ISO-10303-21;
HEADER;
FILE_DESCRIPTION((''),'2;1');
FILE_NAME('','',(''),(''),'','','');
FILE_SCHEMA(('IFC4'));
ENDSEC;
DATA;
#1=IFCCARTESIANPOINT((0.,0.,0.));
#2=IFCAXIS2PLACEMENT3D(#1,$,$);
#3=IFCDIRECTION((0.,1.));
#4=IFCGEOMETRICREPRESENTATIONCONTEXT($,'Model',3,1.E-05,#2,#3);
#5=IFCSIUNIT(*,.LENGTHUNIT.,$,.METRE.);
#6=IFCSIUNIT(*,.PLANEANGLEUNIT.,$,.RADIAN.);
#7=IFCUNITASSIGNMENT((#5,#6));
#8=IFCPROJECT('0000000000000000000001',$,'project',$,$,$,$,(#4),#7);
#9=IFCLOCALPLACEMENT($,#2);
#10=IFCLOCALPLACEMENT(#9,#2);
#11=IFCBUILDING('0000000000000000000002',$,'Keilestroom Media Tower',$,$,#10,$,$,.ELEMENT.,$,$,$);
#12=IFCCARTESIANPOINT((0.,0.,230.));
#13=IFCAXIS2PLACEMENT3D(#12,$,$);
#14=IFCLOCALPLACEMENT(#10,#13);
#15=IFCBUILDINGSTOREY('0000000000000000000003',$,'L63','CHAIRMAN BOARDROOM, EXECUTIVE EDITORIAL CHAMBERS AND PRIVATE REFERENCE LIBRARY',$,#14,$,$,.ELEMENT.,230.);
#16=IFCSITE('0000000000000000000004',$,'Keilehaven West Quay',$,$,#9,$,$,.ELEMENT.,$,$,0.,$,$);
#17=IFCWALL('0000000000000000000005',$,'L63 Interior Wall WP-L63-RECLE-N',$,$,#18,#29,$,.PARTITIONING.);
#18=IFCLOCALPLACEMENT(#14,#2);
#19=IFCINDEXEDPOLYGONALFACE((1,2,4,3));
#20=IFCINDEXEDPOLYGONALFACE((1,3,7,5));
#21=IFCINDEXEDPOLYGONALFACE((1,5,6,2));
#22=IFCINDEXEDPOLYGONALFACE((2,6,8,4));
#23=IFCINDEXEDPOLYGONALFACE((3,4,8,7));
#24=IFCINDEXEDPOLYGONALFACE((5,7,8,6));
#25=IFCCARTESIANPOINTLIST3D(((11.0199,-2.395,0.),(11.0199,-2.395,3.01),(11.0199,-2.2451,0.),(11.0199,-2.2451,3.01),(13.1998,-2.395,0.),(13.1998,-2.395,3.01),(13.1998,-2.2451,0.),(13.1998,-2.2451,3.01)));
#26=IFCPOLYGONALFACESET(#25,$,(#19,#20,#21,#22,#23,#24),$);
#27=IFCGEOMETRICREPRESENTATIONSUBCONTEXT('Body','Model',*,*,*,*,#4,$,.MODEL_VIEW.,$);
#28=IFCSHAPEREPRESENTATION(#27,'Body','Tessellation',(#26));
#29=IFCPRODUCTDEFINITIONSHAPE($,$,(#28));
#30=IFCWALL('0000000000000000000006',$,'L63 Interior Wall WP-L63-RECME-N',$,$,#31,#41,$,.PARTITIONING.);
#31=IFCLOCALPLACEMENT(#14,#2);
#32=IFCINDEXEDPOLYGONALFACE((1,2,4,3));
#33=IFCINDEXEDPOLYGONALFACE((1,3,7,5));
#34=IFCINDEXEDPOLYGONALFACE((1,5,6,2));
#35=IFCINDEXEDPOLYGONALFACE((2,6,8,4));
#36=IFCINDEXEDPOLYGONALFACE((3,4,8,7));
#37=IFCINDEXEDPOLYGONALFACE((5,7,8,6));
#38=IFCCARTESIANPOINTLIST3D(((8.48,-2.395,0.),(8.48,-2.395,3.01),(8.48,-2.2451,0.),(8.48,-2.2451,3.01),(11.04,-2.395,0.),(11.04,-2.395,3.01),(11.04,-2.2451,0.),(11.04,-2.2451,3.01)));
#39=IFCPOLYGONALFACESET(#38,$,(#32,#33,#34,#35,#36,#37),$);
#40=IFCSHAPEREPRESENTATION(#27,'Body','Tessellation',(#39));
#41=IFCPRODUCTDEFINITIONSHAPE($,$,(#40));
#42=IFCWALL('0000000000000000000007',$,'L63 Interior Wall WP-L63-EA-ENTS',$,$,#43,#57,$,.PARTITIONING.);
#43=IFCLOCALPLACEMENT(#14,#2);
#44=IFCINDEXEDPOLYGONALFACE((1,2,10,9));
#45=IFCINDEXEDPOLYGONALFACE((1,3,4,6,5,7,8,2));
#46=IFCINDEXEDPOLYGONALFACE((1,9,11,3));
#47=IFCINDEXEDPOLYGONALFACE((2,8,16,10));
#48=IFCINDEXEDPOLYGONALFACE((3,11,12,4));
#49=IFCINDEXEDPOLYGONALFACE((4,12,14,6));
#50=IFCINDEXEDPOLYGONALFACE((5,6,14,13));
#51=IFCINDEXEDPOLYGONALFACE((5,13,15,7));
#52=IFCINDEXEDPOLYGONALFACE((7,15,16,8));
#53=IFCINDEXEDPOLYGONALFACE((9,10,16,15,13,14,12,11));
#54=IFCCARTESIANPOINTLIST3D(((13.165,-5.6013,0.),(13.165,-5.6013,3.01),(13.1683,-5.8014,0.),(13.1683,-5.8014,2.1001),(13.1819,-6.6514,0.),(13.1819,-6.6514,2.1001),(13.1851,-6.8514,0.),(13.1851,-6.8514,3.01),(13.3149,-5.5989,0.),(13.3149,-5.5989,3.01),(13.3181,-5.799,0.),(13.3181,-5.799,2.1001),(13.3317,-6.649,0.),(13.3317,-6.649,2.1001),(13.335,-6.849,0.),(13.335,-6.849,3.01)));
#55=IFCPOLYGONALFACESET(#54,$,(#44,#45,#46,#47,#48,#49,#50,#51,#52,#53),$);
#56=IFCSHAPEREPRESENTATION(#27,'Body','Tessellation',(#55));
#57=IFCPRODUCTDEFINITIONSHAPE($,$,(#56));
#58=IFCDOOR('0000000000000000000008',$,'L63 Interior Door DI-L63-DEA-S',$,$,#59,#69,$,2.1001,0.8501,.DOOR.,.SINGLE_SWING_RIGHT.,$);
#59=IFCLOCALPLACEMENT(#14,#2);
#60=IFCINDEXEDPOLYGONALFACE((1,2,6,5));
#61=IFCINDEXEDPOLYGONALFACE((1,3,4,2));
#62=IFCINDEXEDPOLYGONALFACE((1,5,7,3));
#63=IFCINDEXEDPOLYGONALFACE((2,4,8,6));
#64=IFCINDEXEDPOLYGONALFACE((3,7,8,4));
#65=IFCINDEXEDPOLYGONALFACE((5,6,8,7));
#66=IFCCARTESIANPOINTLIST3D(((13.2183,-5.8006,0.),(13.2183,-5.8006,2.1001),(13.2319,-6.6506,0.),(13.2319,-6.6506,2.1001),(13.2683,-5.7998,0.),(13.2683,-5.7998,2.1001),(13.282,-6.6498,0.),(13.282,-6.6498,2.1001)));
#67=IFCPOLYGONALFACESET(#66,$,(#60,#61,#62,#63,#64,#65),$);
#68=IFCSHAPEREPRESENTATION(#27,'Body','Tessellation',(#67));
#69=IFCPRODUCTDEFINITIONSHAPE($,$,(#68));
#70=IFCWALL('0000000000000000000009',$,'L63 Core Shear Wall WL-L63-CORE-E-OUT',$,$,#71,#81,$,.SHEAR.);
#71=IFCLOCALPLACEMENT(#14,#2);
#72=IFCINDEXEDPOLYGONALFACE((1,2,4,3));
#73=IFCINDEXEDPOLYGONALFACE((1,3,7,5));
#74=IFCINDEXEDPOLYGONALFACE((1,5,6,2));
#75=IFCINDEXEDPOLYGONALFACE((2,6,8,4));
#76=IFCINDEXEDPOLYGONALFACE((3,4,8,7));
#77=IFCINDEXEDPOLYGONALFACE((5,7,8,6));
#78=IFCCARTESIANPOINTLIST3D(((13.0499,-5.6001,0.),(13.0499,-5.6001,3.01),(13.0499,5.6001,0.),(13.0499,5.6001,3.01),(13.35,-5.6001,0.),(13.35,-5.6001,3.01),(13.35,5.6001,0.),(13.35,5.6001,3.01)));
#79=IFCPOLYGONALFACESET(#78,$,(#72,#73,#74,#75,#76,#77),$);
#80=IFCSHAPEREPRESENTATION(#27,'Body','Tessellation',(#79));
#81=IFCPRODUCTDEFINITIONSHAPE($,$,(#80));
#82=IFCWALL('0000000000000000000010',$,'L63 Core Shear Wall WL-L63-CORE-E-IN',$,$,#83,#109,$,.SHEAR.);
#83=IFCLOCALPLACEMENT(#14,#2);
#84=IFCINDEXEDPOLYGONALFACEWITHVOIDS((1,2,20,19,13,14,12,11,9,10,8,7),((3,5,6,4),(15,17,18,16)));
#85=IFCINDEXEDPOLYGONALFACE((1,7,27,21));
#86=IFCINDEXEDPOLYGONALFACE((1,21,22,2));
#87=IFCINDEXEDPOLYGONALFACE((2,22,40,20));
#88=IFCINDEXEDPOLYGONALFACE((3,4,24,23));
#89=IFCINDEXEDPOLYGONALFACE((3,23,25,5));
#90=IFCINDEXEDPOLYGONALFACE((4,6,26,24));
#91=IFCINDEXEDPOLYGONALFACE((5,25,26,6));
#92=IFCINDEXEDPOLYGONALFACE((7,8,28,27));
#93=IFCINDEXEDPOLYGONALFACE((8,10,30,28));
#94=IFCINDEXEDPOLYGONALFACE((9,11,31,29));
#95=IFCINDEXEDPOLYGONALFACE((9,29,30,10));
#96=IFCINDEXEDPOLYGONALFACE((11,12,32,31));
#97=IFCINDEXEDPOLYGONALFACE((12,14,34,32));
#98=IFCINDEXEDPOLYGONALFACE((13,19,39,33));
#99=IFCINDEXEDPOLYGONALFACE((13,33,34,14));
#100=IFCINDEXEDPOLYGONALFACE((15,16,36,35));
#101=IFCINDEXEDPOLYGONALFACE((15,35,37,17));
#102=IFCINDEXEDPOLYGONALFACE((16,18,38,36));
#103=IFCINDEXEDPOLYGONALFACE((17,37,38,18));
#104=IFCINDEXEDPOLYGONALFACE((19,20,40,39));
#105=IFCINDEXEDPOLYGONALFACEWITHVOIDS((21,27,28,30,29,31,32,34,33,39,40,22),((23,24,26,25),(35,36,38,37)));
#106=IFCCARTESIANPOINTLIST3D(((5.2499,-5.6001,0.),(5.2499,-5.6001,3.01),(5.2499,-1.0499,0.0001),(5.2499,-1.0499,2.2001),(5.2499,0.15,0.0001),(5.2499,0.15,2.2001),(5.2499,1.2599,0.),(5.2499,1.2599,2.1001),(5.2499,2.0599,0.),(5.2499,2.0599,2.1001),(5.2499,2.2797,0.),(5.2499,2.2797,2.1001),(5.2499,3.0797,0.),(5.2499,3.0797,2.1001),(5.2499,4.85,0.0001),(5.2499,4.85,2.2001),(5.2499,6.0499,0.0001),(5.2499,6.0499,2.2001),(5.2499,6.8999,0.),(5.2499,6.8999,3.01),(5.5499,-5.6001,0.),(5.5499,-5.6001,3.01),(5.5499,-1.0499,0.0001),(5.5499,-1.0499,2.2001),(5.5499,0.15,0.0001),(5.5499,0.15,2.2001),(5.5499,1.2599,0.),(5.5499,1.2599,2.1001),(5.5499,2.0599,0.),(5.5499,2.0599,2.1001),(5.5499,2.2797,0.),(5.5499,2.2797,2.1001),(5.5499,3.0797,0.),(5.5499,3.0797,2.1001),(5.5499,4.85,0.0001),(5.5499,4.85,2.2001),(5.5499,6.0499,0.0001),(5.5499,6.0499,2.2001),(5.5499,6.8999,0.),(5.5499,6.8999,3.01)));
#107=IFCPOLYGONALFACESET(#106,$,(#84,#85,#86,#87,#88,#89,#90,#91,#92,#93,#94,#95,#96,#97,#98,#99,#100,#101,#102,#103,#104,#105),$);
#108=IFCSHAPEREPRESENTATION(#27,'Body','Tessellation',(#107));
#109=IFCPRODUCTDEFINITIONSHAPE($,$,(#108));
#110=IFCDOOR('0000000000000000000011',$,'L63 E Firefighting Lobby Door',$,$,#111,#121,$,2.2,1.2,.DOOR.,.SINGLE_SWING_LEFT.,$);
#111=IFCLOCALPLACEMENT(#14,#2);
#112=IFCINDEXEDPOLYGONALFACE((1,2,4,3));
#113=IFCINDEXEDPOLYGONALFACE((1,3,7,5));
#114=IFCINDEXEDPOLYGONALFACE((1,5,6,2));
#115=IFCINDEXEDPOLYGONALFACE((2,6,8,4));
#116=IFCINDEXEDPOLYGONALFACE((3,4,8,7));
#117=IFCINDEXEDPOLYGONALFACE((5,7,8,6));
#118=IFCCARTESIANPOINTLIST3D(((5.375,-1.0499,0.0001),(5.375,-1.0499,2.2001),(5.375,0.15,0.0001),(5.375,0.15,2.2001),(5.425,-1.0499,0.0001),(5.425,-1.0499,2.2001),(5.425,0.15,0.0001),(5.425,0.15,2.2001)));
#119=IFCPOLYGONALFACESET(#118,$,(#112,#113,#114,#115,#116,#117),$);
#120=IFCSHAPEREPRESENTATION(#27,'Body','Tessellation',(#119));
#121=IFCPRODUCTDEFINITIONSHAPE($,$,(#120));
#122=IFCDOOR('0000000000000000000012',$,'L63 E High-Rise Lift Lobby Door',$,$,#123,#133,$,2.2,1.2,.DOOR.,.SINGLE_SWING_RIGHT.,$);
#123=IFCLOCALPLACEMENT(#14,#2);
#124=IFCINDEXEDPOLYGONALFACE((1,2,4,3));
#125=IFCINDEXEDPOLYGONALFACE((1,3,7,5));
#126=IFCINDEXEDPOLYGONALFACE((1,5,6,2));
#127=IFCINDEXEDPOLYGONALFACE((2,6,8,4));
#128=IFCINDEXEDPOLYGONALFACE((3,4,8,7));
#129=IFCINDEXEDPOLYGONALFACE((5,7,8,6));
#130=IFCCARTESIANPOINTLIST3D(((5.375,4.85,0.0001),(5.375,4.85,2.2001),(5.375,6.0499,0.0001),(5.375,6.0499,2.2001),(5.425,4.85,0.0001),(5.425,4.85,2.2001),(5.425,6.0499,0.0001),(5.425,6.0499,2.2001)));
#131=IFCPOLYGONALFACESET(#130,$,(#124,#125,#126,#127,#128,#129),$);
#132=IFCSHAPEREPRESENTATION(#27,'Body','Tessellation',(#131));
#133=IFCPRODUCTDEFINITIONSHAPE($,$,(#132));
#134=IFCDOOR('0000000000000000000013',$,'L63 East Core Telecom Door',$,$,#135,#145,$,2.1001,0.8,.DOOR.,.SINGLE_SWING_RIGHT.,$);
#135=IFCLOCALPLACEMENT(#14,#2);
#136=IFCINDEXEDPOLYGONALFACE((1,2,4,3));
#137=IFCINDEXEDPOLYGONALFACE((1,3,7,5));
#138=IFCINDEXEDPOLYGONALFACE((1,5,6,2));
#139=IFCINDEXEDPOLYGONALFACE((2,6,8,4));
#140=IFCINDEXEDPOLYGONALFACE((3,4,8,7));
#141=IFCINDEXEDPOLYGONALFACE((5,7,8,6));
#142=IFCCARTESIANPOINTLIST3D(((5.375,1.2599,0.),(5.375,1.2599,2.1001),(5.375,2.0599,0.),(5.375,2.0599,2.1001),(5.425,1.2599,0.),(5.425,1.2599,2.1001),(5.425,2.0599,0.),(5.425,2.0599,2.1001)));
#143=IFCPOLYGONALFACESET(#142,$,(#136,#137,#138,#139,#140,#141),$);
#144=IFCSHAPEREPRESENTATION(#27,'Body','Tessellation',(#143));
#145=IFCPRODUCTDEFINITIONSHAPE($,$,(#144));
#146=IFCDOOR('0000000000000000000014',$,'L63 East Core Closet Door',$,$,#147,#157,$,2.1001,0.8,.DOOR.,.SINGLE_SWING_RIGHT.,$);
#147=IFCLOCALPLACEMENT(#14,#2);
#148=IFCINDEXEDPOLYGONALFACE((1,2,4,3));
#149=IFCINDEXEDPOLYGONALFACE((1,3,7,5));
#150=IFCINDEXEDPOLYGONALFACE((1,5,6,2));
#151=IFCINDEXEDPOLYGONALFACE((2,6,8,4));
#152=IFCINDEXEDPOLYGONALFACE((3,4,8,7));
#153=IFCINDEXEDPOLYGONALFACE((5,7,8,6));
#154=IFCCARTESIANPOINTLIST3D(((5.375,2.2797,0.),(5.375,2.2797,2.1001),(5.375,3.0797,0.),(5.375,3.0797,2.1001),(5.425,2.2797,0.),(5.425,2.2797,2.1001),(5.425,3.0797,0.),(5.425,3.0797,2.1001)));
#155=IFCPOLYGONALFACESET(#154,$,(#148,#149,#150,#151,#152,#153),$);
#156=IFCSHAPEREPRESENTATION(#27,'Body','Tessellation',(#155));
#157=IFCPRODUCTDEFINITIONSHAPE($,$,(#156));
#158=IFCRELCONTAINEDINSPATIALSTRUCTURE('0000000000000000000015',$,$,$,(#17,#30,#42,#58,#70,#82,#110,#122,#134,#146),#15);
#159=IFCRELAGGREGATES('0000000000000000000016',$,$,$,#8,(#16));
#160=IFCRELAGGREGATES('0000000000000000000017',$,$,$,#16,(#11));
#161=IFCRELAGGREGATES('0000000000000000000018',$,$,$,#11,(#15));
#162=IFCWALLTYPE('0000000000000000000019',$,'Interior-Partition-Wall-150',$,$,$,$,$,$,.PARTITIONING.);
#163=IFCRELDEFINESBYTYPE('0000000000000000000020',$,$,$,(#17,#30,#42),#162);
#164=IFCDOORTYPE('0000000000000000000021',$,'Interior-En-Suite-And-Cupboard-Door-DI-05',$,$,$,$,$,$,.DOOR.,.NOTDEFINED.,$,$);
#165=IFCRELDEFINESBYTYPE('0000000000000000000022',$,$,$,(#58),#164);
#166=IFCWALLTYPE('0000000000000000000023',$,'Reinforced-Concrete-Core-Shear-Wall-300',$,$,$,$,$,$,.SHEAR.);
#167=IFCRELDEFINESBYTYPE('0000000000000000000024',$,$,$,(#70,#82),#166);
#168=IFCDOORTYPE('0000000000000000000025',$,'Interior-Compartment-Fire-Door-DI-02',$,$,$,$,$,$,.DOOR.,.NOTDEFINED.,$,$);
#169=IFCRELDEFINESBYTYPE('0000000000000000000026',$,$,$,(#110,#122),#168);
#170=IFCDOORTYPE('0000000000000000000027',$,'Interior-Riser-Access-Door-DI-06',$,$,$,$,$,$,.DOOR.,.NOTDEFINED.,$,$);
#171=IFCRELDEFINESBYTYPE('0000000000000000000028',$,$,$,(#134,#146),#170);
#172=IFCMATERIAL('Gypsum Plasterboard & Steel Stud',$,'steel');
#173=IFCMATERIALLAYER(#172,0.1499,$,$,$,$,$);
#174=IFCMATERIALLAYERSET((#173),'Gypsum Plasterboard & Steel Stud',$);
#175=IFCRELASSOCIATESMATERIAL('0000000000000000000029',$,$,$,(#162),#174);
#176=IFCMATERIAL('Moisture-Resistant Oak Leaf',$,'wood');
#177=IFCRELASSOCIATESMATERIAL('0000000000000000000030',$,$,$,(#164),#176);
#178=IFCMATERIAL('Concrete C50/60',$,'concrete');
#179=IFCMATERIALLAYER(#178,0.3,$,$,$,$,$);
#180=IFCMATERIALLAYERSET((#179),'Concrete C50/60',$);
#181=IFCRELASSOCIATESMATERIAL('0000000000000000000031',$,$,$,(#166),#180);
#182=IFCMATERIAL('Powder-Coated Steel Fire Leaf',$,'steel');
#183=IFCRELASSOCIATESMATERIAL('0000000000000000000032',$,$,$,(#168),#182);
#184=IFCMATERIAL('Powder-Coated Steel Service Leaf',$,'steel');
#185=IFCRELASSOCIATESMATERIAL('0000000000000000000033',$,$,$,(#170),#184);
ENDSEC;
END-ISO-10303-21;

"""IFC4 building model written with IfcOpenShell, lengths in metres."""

from ifc_helpers import new_model, si_unit, direction, frame, frame_2d, origin, place, context, subcontext, project, spatial, rectangle, extrude, source, transform, mapped, material, layer, layer_set, type_object, element, fill, save


model = new_model("IFC4")

# Units and contexts
model_context = context("Model", 3, precision=1e-05, world=origin(), true_north=direction((0.0, 1.0)))
body_context = subcontext(model_context, "Body", "Model", "MODEL_VIEW")
ifc_project = project(units=[si_unit("LENGTHUNIT", "METRE"), si_unit("PLANEANGLEUNIT", "RADIAN")], contexts=[model_context])

# Site, building, storey
site_placement = place(None, origin())
site = spatial("IfcSite", under=ifc_project, at=site_placement, Name="Keilehaven West Quay", CompositionType="ELEMENT", RefElevation=0.0)
building_placement = place(site_placement, origin())
building = spatial("IfcBuilding", under=site, at=building_placement, Name="Keilestroom Media Tower", CompositionType="ELEMENT")
storey_placement = place(building_placement, frame((0.0, 0.0, 230.0)))
storey = spatial("IfcBuildingStorey", under=building, at=storey_placement, Name="L63", Description="CHAIRMAN BOARDROOM, EXECUTIVE EDITORIAL CHAMBERS AND PRIVATE REFERENCE LIBRARY", CompositionType="ELEMENT", Elevation=230.0)

# Shared definitions
ifc_material_1 = material(Name="Concrete C50/60", Category="concrete")

# Walls
ifc_material_2 = material(Name="Gypsum Plasterboard & Steel Stud", Category="steel")
ifc_layer_1 = layer(ifc_material_2, 0.1499)
ifc_layer_set_1 = layer_set([ifc_layer_1], Name="Gypsum Plasterboard & Steel Stud")
wall_type_1 = type_object("IfcWallType", Name="Interior-Partition-Wall-150", PredefinedType="PARTITIONING", material=ifc_layer_set_1)
wall_1_placement = place(storey_placement, frame((11.02, -2.3201, 0.0), z_axis=(0.0, 0.0, 1.0), x_axis=(1.0, 0.0, 0.0)))
element("IfcWall", 1, at=wall_1_placement, inside=storey, type_object=wall_type_1, Name="L63 Interior Wall WP-L63-RECLE-N", PredefinedType="PARTITIONING", context=body_context, shape_type="SweptSolid", body=[
    extrude(rectangle(XDim=2.1799, YDim=0.1499, at=frame_2d((1.0898, 0.0))), origin(), (0.0, 0.0, 1.0), 3.01),
])
wall_2_placement = place(storey_placement, frame((8.48, -2.3201, 0.0), z_axis=(0.0, 0.0, 1.0), x_axis=(1.0, 0.0, 0.0)))
element("IfcWall", 2, at=wall_2_placement, inside=storey, type_object=wall_type_1, Name="L63 Interior Wall WP-L63-RECME-N", PredefinedType="PARTITIONING", context=body_context, shape_type="SweptSolid", body=[
    extrude(rectangle(XDim=2.5601, YDim=0.1499, at=frame_2d((1.28, 0.0))), origin(), (0.0, 0.0, 1.0), 3.01),
])

# Wall, opening, door
wall_3_placement = place(storey_placement, frame((13.26, -6.8501, 0.0), z_axis=(0.0, 0.0, 1.0), x_axis=(-0.016014, 0.999872, 0.0)))
wall_3 = element("IfcWall", 3, at=wall_3_placement, inside=storey, type_object=wall_type_1, Name="L63 Interior Wall WP-L63-EA-ENTS", PredefinedType="PARTITIONING", context=body_context, shape_type="SweptSolid", body=[
    extrude(rectangle(XDim=1.2502, YDim=0.1499, at=frame_2d((0.625, 0.0))), origin(), (0.0, 0.0, 1.0), 3.01),
])
opening_1_placement = place(wall_3_placement, frame((0.2, 0.0, 0.0)))
opening_1 = element("IfcOpeningElement", 4, at=opening_1_placement, cuts=wall_3, PredefinedType="OPENING", context=body_context, shape_type="SweptSolid", body=[
    extrude(rectangle(XDim=0.8501, YDim=2.1001, at=frame_2d((0.425, 1.05))), frame((0.0, 0.085, 0.0), z_axis=(0.0, -1.0, 0.0), x_axis=(1.0, 0.0, 0.0)), (0.0, 0.0, 1.0), 0.1699),
])
ifc_material_3 = material(Name="Moisture-Resistant Oak Leaf", Category="wood")
door_type_1 = type_object("IfcDoorType", Name="Interior-En-Suite-And-Cupboard-Door-DI-05", OperationType="NOTDEFINED", PredefinedType="DOOR", material=ifc_material_3)
shared_shape_1 = source(origin(), body_context, "Body", "SweptSolid", [
    extrude(rectangle(XDim=0.8501, YDim=2.1001, at=frame_2d((0.425, 1.05))), frame((0.0, 0.0249, 0.0), z_axis=(0.0, -1.0, 0.0), x_axis=(1.0, 0.0, 0.0)), (0.0, 0.0, 1.0), 0.05),
])
door_1_placement = place(opening_1_placement, origin())
door_1 = element("IfcDoor", 5, at=door_1_placement, inside=storey, type_object=door_type_1, Name="L63 Interior Door DI-L63-DEA-S", OperationType="SINGLE_SWING_RIGHT", OverallHeight=2.1001, OverallWidth=0.8501, PredefinedType="DOOR", context=body_context, shape_type="MappedRepresentation", body=[
    mapped(shared_shape_1, transform((0.0, 0.0, 0.0), x_axis=(1.0, 0.0, 0.0), y_axis=(0.0, 1.0, 0.0), z_axis=(0.0, 0.0, 1.0), scale=1.0)),
])
fill(opening_1, door_1)

# Wall
ifc_layer_2 = layer(ifc_material_1, 0.3)
ifc_layer_set_2 = layer_set([ifc_layer_2], Name="Concrete C50/60")
wall_type_2 = type_object("IfcWallType", Name="Reinforced-Concrete-Core-Shear-Wall-300", PredefinedType="SHEAR", material=ifc_layer_set_2)
wall_4_placement = place(storey_placement, frame((13.2, -5.6001, 0.0), z_axis=(0.0, 0.0, 1.0), x_axis=(0.0, 1.0, 0.0)))
element("IfcWall", 6, at=wall_4_placement, inside=storey, type_object=wall_type_2, Name="L63 Core Shear Wall WL-L63-CORE-E-OUT", PredefinedType="SHEAR", context=body_context, shape_type="SweptSolid", body=[
    extrude(rectangle(XDim=11.2002, YDim=0.3, at=frame_2d((5.6001, 0.0))), origin(), (0.0, 0.0, 1.0), 3.01),
])

# Wall, openings, doors
wall_5_placement = place(storey_placement, frame((5.3999, -5.6001, 0.0), z_axis=(0.0, 0.0, 1.0), x_axis=(0.0, 1.0, 0.0)))
wall_5 = element("IfcWall", 7, at=wall_5_placement, inside=storey, type_object=wall_type_2, Name="L63 Core Shear Wall WL-L63-CORE-E-IN", PredefinedType="SHEAR", context=body_context, shape_type="SweptSolid", body=[
    extrude(rectangle(XDim=12.5, YDim=0.3, at=frame_2d((6.25, 0.0))), origin(), (0.0, 0.0, 1.0), 3.01),
])
opening_2_placement = place(wall_5_placement, frame((4.55, 0.0, 0.0)))
opening_2 = element("IfcOpeningElement", 8, at=opening_2_placement, cuts=wall_5, PredefinedType="OPENING", context=body_context, shape_type="SweptSolid", body=[
    extrude(rectangle(XDim=1.2, YDim=2.2, at=frame_2d((0.6001, 1.1001))), frame((0.0, 0.1602, 0.0), z_axis=(0.0, -1.0, 0.0), x_axis=(1.0, 0.0, 0.0)), (0.0, 0.0, 1.0), 0.3201),
])
opening_3_placement = place(wall_5_placement, frame((10.45, 0.0, 0.0)))
opening_3 = element("IfcOpeningElement", 9, at=opening_3_placement, cuts=wall_5, PredefinedType="OPENING", context=body_context, shape_type="SweptSolid", body=[
    extrude(rectangle(XDim=1.2, YDim=2.2, at=frame_2d((0.6001, 1.1001))), frame((0.0, 0.1602, 0.0), z_axis=(0.0, -1.0, 0.0), x_axis=(1.0, 0.0, 0.0)), (0.0, 0.0, 1.0), 0.3201),
])
opening_4_placement = place(wall_5_placement, frame((6.8601, 0.0, 0.0)))
opening_4 = element("IfcOpeningElement", 10, at=opening_4_placement, cuts=wall_5, PredefinedType="OPENING", context=body_context, shape_type="SweptSolid", body=[
    extrude(rectangle(XDim=0.8, YDim=2.1001, at=frame_2d((0.3999, 1.05))), frame((0.0, 0.1602, 0.0), z_axis=(0.0, -1.0, 0.0), x_axis=(1.0, 0.0, 0.0)), (0.0, 0.0, 1.0), 0.3201),
])
opening_5_placement = place(wall_5_placement, frame((7.8799, 0.0, 0.0)))
opening_5 = element("IfcOpeningElement", 11, at=opening_5_placement, cuts=wall_5, PredefinedType="OPENING", context=body_context, shape_type="SweptSolid", body=[
    extrude(rectangle(XDim=0.8, YDim=2.1001, at=frame_2d((0.3999, 1.05))), frame((0.0, 0.1602, 0.0), z_axis=(0.0, -1.0, 0.0), x_axis=(1.0, 0.0, 0.0)), (0.0, 0.0, 1.0), 0.3201),
])
ifc_material_4 = material(Name="Powder-Coated Steel Fire Leaf", Category="steel")
door_type_2 = type_object("IfcDoorType", Name="Interior-Compartment-Fire-Door-DI-02", OperationType="NOTDEFINED", PredefinedType="DOOR", material=ifc_material_4)
shared_shape_2 = source(origin(), body_context, "Body", "SweptSolid", [
    extrude(rectangle(XDim=1.2, YDim=2.2, at=frame_2d((0.6001, 1.1001))), frame((0.0, 0.0249, 0.0), z_axis=(0.0, -1.0, 0.0), x_axis=(1.0, 0.0, 0.0)), (0.0, 0.0, 1.0), 0.05),
])
door_2_placement = place(opening_2_placement, origin())
door_2 = element("IfcDoor", 12, at=door_2_placement, inside=storey, type_object=door_type_2, Name="L63 E Firefighting Lobby Door", OperationType="SINGLE_SWING_LEFT", OverallHeight=2.2, OverallWidth=1.2, PredefinedType="DOOR", context=body_context, shape_type="MappedRepresentation", body=[
    mapped(shared_shape_2, transform((0.0, 0.0, 0.0), x_axis=(1.0, 0.0, 0.0), y_axis=(0.0, 1.0, 0.0), z_axis=(0.0, 0.0, 1.0), scale=1.0)),
])
fill(opening_2, door_2)
door_3_placement = place(opening_3_placement, origin())
door_3 = element("IfcDoor", 13, at=door_3_placement, inside=storey, type_object=door_type_2, Name="L63 E High-Rise Lift Lobby Door", OperationType="SINGLE_SWING_RIGHT", OverallHeight=2.2, OverallWidth=1.2, PredefinedType="DOOR", context=body_context, shape_type="MappedRepresentation", body=[
    mapped(shared_shape_2, transform((0.0, 0.0, 0.0), x_axis=(1.0, 0.0, 0.0), y_axis=(0.0, 1.0, 0.0), z_axis=(0.0, 0.0, 1.0), scale=1.0)),
])
fill(opening_3, door_3)
ifc_material_5 = material(Name="Powder-Coated Steel Service Leaf", Category="steel")
door_type_3 = type_object("IfcDoorType", Name="Interior-Riser-Access-Door-DI-06", OperationType="NOTDEFINED", PredefinedType="DOOR", material=ifc_material_5)
shared_shape_3 = source(origin(), body_context, "Body", "SweptSolid", [
    extrude(rectangle(XDim=0.8, YDim=2.1001, at=frame_2d((0.3999, 1.05))), frame((0.0, 0.0249, 0.0), z_axis=(0.0, -1.0, 0.0), x_axis=(1.0, 0.0, 0.0)), (0.0, 0.0, 1.0), 0.05),
])
door_4_placement = place(opening_4_placement, origin())
door_4 = element("IfcDoor", 14, at=door_4_placement, inside=storey, type_object=door_type_3, Name="L63 East Core Telecom Door", OperationType="SINGLE_SWING_RIGHT", OverallHeight=2.1001, OverallWidth=0.8, PredefinedType="DOOR", context=body_context, shape_type="MappedRepresentation", body=[
    mapped(shared_shape_3, transform((0.0, 0.0, 0.0), x_axis=(1.0, 0.0, 0.0), y_axis=(0.0, 1.0, 0.0), z_axis=(0.0, 0.0, 1.0), scale=1.0)),
])
fill(opening_4, door_4)
door_5_placement = place(opening_5_placement, origin())
door_5 = element("IfcDoor", 15, at=door_5_placement, inside=storey, type_object=door_type_3, Name="L63 East Core Closet Door", OperationType="SINGLE_SWING_RIGHT", OverallHeight=2.1001, OverallWidth=0.8, PredefinedType="DOOR", context=body_context, shape_type="MappedRepresentation", body=[
    mapped(shared_shape_3, transform((0.0, 0.0, 0.0), x_axis=(1.0, 0.0, 0.0), y_axis=(0.0, 1.0, 0.0), z_axis=(0.0, 0.0, 1.0), scale=1.0)),
])
fill(opening_5, door_5)

save(model, "model.ifc")
